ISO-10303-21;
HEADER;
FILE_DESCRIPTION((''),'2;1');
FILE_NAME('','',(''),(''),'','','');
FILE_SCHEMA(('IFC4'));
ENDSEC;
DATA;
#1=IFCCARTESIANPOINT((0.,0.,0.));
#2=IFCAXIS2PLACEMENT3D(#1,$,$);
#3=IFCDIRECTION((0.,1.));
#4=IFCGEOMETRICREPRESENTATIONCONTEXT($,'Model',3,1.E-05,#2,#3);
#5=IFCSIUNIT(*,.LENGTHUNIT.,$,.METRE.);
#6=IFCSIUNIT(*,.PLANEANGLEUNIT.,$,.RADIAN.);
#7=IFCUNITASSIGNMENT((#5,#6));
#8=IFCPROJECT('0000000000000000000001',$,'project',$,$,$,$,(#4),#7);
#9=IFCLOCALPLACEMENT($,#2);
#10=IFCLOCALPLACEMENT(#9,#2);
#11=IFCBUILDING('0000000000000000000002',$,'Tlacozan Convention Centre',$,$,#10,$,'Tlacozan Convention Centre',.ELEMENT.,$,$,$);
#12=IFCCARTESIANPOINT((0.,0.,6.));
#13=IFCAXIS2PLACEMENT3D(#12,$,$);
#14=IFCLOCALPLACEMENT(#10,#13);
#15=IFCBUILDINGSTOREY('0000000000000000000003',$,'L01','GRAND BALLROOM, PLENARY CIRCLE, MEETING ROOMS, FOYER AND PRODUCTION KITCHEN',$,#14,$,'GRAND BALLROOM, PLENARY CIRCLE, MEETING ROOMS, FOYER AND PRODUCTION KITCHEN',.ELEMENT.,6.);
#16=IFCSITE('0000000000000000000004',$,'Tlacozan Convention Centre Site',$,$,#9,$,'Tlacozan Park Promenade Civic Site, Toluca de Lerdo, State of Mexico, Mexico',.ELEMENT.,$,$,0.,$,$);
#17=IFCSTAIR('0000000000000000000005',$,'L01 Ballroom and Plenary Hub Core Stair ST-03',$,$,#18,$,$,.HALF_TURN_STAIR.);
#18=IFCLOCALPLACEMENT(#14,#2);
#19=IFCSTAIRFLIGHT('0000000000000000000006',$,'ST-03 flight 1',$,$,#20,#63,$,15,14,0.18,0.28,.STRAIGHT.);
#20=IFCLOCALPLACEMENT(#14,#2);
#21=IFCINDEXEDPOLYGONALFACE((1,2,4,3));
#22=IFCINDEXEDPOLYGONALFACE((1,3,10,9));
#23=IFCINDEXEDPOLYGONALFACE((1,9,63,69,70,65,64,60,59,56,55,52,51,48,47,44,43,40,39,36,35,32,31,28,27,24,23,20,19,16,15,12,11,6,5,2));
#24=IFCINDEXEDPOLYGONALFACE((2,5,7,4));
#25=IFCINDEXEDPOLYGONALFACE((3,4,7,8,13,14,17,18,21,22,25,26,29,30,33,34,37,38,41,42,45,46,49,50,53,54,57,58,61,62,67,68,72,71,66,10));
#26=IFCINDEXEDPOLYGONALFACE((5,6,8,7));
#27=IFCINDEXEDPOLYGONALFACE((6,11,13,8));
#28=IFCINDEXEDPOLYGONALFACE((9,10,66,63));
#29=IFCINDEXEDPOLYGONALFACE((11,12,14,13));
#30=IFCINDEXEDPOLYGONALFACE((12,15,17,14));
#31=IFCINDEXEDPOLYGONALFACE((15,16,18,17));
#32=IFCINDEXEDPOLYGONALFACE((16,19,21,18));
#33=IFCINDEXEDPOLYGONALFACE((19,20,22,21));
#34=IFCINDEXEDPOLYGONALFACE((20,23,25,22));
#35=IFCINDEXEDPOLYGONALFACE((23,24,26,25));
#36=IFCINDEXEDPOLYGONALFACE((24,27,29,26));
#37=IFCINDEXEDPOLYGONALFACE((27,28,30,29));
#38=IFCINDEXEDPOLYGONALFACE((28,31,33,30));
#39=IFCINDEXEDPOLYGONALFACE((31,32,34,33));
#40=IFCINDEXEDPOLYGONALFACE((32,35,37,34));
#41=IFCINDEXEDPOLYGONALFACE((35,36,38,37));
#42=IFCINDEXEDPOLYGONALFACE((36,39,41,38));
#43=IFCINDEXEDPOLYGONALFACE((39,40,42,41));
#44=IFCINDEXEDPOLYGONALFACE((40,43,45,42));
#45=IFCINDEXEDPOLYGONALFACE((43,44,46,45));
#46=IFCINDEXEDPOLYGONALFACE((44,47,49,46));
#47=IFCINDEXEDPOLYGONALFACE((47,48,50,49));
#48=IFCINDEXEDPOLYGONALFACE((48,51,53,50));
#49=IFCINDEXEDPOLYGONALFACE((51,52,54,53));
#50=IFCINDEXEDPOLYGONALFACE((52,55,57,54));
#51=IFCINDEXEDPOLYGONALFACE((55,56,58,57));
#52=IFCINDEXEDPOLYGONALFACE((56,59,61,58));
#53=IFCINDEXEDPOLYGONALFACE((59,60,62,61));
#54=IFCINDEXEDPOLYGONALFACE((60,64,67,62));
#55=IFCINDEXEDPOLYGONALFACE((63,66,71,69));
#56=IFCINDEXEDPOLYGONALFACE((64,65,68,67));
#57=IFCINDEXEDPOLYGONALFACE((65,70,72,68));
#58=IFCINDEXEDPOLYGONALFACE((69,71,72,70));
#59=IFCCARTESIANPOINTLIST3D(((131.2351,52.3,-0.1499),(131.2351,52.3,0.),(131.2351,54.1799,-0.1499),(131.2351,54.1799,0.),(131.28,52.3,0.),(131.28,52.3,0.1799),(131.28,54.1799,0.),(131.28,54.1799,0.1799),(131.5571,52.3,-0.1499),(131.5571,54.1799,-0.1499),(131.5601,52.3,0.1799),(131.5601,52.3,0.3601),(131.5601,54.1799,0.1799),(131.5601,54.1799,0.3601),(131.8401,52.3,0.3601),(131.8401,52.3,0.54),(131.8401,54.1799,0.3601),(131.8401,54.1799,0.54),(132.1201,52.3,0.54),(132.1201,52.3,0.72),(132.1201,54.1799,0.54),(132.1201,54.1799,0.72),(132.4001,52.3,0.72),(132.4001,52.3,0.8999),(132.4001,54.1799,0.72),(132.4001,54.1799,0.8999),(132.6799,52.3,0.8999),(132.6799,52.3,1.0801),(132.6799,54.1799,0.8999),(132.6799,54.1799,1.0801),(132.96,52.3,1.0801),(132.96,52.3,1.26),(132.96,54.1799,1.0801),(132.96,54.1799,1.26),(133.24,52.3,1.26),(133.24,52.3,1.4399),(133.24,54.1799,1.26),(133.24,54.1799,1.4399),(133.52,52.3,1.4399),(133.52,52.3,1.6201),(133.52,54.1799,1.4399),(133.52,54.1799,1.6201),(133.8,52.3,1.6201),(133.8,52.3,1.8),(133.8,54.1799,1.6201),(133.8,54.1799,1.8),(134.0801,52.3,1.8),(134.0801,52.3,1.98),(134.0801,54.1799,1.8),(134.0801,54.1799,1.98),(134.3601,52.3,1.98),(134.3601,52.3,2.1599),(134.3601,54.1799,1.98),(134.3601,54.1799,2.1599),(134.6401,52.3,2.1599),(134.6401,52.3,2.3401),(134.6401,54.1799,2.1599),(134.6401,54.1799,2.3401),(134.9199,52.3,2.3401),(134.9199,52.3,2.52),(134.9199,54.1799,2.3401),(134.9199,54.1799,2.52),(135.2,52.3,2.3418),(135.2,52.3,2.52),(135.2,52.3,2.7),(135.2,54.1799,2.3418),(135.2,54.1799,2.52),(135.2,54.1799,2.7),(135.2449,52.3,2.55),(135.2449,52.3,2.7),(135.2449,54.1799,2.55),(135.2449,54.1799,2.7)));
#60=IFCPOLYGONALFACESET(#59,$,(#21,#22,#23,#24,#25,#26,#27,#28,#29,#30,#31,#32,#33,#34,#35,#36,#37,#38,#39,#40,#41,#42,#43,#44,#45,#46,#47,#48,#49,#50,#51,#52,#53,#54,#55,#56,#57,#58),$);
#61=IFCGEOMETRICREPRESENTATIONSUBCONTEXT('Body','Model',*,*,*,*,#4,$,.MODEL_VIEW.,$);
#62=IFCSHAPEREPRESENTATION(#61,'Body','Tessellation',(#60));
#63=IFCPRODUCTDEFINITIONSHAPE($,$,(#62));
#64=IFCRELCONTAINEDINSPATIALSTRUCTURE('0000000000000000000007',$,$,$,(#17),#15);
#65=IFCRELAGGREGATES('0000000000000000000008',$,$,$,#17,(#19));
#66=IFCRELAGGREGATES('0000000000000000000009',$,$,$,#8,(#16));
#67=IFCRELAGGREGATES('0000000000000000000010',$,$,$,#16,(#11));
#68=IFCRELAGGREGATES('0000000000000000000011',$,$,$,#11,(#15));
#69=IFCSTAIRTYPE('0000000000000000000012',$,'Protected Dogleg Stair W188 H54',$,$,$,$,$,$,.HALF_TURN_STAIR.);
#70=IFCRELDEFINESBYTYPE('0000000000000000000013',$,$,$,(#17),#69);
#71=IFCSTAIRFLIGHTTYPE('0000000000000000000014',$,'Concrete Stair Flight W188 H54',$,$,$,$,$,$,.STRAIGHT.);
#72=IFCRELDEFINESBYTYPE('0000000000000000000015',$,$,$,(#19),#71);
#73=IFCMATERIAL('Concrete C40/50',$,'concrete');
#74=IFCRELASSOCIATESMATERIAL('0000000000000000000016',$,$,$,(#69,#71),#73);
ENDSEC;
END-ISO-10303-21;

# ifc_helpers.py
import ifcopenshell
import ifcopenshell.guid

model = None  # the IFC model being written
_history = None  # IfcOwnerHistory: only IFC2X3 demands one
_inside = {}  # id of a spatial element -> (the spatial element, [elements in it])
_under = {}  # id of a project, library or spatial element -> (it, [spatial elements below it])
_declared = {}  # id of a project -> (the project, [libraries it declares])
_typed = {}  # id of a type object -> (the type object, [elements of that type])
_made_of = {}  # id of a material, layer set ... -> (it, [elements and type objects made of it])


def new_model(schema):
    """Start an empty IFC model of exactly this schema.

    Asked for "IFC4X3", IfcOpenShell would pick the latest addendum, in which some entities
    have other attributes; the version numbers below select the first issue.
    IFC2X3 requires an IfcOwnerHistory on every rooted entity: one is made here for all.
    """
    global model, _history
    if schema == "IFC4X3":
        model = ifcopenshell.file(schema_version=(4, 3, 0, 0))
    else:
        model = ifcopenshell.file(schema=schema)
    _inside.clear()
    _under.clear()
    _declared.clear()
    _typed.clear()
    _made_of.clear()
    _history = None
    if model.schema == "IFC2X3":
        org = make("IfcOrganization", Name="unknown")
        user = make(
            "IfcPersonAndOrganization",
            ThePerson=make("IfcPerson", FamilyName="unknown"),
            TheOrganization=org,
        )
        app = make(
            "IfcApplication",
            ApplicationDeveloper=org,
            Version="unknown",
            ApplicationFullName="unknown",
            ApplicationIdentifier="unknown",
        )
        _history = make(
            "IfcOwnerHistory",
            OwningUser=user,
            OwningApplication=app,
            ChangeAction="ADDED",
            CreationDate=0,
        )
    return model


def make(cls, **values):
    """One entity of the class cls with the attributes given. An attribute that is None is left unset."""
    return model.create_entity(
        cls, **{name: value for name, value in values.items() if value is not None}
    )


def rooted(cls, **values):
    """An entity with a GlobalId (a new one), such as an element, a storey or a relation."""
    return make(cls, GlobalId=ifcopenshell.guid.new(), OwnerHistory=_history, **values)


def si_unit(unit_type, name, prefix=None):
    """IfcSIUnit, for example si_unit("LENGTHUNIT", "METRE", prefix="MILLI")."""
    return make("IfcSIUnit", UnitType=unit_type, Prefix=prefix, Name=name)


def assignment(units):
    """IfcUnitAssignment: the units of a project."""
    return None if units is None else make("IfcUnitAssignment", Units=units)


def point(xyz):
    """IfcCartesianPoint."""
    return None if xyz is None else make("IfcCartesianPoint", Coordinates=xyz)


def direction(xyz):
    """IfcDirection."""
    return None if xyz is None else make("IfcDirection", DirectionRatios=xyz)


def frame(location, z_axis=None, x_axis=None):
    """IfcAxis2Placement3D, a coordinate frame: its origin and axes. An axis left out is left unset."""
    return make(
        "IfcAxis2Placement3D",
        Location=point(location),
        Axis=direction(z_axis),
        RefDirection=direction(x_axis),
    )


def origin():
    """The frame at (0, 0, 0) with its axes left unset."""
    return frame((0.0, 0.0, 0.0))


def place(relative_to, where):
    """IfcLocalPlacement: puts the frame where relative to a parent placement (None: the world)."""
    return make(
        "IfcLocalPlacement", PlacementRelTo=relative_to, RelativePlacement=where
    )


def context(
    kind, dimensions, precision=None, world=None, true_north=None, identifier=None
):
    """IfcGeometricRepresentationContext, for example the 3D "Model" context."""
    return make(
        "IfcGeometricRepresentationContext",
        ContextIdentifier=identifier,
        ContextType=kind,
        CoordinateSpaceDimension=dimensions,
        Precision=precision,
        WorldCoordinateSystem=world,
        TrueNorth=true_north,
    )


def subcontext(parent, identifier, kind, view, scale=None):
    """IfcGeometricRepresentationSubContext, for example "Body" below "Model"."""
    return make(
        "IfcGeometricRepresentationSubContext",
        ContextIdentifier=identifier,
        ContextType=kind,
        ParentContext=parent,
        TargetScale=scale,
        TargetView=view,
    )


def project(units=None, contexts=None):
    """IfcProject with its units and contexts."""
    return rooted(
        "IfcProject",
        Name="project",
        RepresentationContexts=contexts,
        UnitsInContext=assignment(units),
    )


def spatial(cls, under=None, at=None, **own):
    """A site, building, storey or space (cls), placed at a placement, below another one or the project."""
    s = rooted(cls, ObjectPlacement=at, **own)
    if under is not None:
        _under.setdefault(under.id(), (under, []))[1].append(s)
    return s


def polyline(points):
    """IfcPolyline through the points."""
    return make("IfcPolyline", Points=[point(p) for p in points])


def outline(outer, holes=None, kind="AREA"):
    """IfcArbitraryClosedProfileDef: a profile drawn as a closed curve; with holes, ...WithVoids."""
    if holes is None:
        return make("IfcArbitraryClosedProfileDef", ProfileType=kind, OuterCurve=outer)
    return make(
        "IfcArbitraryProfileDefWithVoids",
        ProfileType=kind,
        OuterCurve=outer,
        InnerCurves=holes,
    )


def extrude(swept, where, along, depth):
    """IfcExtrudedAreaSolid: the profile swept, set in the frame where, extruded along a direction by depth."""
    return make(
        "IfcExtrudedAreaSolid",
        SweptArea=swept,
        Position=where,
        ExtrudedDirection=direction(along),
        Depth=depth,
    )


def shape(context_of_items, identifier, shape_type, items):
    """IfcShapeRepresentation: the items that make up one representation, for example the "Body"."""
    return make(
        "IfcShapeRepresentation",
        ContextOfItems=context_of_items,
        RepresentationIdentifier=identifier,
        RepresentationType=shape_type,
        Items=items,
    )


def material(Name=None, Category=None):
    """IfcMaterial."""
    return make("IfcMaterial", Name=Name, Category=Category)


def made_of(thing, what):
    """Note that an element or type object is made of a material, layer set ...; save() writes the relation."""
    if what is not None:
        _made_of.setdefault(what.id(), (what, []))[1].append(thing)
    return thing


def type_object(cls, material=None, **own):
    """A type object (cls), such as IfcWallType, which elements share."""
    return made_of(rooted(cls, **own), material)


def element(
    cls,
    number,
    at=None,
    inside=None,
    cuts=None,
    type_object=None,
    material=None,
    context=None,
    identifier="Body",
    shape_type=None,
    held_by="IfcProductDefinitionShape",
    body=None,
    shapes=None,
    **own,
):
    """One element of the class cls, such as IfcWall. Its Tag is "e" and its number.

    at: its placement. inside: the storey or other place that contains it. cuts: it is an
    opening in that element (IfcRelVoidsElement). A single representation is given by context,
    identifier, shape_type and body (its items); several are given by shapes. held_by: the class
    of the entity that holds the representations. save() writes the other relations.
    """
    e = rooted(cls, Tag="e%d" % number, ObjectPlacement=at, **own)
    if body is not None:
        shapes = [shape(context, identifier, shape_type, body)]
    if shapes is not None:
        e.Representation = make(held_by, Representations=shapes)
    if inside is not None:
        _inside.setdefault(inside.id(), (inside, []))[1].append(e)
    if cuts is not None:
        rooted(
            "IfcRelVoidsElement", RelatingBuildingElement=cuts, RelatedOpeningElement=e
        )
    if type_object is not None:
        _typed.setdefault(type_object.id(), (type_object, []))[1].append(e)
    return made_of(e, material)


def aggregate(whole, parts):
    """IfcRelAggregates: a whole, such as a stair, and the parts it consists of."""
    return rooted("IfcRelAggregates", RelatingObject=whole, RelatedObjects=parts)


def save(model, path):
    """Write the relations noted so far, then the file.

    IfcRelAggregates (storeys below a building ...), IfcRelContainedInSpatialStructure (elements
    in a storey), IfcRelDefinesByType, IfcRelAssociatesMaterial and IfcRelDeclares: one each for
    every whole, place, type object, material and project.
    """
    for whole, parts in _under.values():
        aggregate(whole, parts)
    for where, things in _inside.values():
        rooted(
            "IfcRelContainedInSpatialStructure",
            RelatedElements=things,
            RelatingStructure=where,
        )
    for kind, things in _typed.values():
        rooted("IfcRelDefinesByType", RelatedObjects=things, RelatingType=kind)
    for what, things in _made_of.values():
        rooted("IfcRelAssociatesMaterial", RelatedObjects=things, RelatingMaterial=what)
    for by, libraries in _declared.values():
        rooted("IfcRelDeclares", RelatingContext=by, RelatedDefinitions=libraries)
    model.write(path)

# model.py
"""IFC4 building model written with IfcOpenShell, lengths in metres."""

from ifc_helpers import new_model, si_unit, direction, frame, origin, place, context, subcontext, project, spatial, polyline, outline, extrude, material, type_object, element, aggregate, save


model = new_model("IFC4")

# Units and contexts
model_context = context("Model", 3, precision=1e-05, world=origin(), true_north=direction((0.0, 1.0)))
body_context = subcontext(model_context, "Body", "Model", "MODEL_VIEW")
ifc_project = project(units=[si_unit("LENGTHUNIT", "METRE"), si_unit("PLANEANGLEUNIT", "RADIAN")], contexts=[model_context])

# Site, building, storey
site_placement = place(None, origin())
site = spatial("IfcSite", under=ifc_project, at=site_placement, Name="Tlacozan Convention Centre Site", LongName="Tlacozan Park Promenade Civic Site, Toluca de Lerdo, State of Mexico, Mexico", CompositionType="ELEMENT", RefElevation=0.0)
building_placement = place(site_placement, origin())
building = spatial("IfcBuilding", under=site, at=building_placement, Name="Tlacozan Convention Centre", LongName="Tlacozan Convention Centre", CompositionType="ELEMENT")
storey_placement = place(building_placement, frame((0.0, 0.0, 6.0)))
storey = spatial("IfcBuildingStorey", under=building, at=storey_placement, Name="L01", Description="GRAND BALLROOM, PLENARY CIRCLE, MEETING ROOMS, FOYER AND PRODUCTION KITCHEN", LongName="GRAND BALLROOM, PLENARY CIRCLE, MEETING ROOMS, FOYER AND PRODUCTION KITCHEN", CompositionType="ELEMENT", Elevation=6.0)

# Shared definitions
ifc_material_1 = material(Name="Concrete C40/50", Category="concrete")

# Stair, stair flight
stair_type = type_object("IfcStairType", Name="Protected Dogleg Stair W188 H54", PredefinedType="HALF_TURN_STAIR", material=ifc_material_1)
stair_placement = place(storey_placement, origin())
stair = element("IfcStair", 1, at=stair_placement, inside=storey, type_object=stair_type, Name="L01 Ballroom and Plenary Hub Core Stair ST-03", PredefinedType="HALF_TURN_STAIR")
stair_flight_type = type_object("IfcStairFlightType", Name="Concrete Stair Flight W188 H54", PredefinedType="STRAIGHT", material=ifc_material_1)
stair_flight_placement = place(storey_placement, frame((131.28, 53.24, 0.0), z_axis=(0.0, 0.0, 1.0), x_axis=(1.0, 0.0, 0.0)))
stair_flight = element("IfcStairFlight", 2, at=stair_flight_placement, type_object=stair_flight_type, Name="ST-03 flight 1", NumberOfRisers=15, NumberOfTreads=14, PredefinedType="STRAIGHT", RiserHeight=0.18, TreadLength=0.28, context=body_context, shape_type="SweptSolid", body=[
    extrude(outline(polyline([(-0.0449, -0.1499), (-0.0449, 0.0), (0.0, 0.0), (0.0, 0.1799), (0.28, 0.1799), (0.28, 0.3601), (0.5601, 0.3601), (0.5601, 0.54), (0.8401, 0.54), (0.8401, 0.72), (1.1201, 0.72), (1.1201, 0.8999), (1.3999, 0.8999), (1.3999, 1.0801), (1.6799, 1.0801), (1.6799, 1.26), (1.96, 1.26), (1.96, 1.4399), (2.24, 1.4399), (2.24, 1.6201), (2.52, 1.6201), (2.52, 1.8), (2.8, 1.8), (2.8, 1.98), (3.0801, 1.98), (3.0801, 2.1599), (3.3601, 2.1599), (3.3601, 2.3401), (3.6399, 2.3401), (3.6399, 2.52), (3.9199, 2.52), (3.9199, 2.7), (3.9648, 2.7), (3.9648, 2.55), (3.9199, 2.3418), (0.2771, -0.1499), (-0.0449, -0.1499)])), frame((0.0, 0.9399, 0.0), z_axis=(0.0, -1.0, 0.0), x_axis=(1.0, 0.0, 0.0)), (0.0, 0.0, 1.0), 1.8799),
])
aggregate(stair, [stair_flight])

save(model, "model.ifc")
